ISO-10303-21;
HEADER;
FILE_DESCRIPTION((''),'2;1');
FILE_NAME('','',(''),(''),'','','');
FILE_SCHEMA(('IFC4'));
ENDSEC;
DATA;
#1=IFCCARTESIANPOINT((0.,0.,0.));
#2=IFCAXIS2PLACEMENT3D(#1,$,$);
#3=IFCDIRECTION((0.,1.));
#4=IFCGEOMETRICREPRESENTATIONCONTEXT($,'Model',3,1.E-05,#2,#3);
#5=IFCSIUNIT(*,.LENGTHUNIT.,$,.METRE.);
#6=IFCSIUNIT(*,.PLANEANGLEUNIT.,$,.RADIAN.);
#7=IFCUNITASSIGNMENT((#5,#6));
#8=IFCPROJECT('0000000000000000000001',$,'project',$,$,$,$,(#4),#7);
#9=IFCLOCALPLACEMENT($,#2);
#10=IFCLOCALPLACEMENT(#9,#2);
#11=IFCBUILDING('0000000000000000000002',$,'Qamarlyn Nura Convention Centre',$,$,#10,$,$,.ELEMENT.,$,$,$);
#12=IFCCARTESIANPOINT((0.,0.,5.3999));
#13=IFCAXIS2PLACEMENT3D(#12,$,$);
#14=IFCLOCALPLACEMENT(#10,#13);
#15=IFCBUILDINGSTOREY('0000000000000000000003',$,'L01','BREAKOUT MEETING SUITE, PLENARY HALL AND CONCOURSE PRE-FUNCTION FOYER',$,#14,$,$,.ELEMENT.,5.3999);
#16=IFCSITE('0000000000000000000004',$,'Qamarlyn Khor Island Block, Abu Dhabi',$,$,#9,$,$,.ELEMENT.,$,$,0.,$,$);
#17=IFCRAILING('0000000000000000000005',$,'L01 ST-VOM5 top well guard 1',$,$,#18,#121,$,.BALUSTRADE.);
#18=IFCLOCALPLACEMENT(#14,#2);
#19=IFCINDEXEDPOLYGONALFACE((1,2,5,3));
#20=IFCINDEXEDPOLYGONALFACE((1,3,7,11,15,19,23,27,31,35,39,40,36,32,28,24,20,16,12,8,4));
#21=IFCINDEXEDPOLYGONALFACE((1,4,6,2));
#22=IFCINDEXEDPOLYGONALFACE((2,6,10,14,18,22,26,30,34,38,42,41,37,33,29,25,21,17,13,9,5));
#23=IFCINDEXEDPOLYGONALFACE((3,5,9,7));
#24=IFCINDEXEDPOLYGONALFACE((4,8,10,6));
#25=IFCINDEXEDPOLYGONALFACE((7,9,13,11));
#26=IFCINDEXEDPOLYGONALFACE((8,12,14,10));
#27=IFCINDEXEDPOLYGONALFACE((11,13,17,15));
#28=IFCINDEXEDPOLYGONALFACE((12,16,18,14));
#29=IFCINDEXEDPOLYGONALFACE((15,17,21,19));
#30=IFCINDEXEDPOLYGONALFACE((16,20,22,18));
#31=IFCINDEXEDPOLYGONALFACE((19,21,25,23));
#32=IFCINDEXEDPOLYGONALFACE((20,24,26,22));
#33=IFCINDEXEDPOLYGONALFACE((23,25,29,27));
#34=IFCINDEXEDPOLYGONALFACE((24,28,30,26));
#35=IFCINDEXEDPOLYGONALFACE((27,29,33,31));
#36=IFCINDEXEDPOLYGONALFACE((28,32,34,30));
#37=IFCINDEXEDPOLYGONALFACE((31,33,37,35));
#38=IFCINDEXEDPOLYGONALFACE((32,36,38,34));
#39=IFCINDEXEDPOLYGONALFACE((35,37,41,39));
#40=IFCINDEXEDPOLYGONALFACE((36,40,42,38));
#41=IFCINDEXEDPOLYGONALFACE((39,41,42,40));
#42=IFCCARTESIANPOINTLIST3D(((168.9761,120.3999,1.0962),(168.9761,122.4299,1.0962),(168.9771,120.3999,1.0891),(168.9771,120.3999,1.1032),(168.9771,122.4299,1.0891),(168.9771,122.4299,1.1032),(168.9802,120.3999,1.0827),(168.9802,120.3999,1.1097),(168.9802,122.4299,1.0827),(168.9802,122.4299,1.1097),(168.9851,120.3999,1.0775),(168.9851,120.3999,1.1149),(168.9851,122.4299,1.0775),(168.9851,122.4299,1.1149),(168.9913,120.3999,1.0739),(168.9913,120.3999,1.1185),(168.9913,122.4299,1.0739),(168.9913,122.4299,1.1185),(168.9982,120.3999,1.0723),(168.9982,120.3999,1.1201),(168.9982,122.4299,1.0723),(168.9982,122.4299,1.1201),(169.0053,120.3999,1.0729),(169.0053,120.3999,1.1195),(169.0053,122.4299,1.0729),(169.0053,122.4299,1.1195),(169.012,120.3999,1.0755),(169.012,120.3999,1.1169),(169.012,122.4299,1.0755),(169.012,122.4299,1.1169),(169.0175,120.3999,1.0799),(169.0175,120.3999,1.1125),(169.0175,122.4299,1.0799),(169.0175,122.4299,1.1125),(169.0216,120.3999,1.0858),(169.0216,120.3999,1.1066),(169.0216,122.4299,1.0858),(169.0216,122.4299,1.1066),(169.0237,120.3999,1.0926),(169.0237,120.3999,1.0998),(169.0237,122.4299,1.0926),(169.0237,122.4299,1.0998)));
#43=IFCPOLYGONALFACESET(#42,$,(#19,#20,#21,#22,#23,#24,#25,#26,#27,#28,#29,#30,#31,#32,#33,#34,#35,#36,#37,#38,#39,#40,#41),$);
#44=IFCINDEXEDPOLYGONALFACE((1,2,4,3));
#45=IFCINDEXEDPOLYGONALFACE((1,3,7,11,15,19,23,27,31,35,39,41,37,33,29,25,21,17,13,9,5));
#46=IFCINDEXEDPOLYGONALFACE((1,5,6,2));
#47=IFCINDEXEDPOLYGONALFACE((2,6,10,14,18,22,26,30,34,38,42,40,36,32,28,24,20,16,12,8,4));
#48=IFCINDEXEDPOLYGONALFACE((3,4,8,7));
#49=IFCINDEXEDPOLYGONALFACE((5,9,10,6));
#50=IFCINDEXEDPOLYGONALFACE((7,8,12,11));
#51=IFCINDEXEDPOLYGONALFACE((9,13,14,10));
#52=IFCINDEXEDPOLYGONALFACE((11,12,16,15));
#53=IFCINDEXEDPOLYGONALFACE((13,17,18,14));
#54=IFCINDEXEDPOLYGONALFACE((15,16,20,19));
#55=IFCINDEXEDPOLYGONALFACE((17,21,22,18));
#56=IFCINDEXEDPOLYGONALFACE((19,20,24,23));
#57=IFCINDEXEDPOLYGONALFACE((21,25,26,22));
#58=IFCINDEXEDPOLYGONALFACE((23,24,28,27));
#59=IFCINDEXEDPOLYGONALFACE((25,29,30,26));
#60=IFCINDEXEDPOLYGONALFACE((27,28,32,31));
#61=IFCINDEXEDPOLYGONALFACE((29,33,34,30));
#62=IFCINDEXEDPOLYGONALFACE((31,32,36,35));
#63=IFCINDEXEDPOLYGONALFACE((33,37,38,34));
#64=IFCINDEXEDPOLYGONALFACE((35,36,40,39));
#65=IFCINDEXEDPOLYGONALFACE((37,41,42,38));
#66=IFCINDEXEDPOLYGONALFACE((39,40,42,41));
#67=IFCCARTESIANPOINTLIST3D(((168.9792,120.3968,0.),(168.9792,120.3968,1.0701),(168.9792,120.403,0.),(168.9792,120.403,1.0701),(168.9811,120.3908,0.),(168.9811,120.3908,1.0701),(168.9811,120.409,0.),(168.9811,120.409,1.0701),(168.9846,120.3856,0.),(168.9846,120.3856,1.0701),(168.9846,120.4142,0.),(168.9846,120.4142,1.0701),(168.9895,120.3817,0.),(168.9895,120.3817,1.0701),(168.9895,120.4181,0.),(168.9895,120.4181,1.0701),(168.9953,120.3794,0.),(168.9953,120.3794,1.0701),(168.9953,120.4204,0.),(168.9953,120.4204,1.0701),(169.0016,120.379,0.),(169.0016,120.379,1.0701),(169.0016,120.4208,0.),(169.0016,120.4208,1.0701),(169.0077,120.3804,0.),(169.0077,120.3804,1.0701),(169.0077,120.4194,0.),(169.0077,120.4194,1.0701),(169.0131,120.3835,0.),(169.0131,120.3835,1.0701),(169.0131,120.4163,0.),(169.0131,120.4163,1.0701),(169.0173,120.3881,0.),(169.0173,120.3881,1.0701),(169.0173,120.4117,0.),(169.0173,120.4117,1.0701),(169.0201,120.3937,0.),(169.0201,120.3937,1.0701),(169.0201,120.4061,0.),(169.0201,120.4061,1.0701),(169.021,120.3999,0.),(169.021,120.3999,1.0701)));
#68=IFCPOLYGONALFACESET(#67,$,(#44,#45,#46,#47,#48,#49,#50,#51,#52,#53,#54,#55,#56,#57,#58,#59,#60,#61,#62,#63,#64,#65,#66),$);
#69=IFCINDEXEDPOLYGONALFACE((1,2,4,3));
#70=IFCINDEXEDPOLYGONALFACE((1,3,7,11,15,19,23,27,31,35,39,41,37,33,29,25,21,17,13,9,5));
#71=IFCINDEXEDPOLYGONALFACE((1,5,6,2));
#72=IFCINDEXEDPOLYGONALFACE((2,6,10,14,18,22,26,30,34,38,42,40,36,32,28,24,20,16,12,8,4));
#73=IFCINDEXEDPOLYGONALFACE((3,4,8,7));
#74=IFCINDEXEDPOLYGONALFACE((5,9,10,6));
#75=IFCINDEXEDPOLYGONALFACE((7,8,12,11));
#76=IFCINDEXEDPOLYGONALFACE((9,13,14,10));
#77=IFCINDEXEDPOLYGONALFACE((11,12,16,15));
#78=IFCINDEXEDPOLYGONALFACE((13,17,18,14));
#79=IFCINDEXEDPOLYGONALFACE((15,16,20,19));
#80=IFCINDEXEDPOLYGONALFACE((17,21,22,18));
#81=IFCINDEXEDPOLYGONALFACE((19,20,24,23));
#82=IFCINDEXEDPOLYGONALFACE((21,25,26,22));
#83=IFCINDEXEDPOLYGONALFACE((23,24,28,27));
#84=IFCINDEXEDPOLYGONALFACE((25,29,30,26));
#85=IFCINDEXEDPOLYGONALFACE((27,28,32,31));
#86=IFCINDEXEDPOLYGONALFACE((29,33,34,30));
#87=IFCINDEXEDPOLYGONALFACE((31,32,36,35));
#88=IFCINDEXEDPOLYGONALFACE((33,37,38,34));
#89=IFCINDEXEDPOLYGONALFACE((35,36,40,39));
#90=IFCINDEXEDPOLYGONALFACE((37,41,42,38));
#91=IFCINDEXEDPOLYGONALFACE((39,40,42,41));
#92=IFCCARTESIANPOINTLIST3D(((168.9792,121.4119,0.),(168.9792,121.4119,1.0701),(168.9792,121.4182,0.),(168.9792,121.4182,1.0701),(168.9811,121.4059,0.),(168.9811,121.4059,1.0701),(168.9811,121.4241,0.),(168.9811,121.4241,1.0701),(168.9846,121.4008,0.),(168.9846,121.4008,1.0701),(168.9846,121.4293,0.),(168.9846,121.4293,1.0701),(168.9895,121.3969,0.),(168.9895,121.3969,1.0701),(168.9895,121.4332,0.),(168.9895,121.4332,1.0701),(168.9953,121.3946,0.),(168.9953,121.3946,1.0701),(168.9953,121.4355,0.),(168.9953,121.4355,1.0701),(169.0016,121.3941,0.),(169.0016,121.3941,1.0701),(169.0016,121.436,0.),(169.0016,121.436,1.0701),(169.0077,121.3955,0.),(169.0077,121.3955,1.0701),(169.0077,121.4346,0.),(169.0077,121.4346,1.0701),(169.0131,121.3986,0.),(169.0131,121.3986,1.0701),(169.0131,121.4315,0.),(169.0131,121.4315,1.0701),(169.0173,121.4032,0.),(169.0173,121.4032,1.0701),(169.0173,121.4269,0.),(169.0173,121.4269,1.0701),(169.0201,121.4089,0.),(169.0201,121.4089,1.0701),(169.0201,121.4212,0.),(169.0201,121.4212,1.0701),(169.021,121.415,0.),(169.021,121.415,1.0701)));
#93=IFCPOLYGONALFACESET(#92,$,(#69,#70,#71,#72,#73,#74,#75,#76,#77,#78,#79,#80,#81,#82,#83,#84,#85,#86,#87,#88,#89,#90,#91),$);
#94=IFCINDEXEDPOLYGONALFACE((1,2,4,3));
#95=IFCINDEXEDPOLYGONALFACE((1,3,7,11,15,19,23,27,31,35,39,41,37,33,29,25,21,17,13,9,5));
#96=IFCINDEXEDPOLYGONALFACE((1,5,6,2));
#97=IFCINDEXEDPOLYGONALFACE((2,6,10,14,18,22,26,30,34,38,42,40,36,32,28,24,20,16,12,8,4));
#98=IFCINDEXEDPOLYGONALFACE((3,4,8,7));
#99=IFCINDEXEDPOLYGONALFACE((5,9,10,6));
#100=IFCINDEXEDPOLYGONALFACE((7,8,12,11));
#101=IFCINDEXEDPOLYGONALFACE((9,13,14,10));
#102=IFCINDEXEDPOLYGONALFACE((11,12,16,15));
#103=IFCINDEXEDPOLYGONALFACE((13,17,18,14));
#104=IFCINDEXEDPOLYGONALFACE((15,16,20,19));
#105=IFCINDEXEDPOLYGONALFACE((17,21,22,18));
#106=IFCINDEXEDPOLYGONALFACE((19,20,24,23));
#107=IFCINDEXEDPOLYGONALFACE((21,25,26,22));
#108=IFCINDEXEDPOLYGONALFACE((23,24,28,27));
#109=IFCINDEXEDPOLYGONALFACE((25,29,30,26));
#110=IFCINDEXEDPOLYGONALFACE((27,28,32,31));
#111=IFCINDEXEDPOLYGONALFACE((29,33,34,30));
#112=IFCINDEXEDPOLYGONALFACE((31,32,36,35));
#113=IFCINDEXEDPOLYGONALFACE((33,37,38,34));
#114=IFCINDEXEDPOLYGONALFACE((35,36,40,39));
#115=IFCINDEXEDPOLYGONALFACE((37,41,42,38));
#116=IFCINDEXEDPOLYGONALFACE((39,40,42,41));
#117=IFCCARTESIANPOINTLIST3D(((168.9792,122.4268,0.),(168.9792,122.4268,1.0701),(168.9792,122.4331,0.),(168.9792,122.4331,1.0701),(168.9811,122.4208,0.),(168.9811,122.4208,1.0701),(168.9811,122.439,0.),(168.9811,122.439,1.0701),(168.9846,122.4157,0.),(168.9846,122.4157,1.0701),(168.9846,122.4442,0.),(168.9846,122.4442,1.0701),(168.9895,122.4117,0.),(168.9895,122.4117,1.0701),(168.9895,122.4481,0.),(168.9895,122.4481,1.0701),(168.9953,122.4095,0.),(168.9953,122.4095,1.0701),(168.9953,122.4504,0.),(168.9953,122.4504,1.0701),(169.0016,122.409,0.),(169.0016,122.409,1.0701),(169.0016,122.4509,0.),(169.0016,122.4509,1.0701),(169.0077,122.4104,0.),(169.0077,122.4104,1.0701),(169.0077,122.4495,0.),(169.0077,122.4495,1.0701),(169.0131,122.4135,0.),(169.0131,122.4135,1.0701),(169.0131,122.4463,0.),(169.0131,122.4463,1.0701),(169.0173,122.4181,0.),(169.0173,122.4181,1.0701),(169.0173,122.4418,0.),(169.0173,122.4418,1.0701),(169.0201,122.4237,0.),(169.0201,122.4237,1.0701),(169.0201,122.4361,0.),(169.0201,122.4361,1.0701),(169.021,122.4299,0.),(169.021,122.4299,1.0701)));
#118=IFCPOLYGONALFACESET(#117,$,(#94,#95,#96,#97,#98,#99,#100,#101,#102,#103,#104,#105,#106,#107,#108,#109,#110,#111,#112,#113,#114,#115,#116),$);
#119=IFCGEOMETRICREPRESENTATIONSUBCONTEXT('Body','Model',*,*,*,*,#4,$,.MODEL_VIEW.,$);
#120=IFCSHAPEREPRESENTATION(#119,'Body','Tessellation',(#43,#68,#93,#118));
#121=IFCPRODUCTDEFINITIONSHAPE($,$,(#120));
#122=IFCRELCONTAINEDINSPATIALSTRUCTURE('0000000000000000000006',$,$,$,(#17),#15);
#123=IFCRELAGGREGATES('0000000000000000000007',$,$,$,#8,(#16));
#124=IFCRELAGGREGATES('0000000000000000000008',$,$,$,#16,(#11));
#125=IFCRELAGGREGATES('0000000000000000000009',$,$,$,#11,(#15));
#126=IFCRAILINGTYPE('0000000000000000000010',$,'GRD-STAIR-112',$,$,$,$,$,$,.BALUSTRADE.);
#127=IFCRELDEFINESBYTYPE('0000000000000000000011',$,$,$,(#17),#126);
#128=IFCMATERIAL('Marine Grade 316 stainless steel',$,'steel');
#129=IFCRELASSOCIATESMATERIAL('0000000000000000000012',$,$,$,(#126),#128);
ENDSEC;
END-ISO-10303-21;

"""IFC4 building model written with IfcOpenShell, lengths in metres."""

from ifc_helpers import new_model, si_unit, direction, frame, origin, origin_2d, place, context, subcontext, project, spatial, circle, extrude, material, type_object, element, save


model = new_model("IFC4")

# Units and contexts
model_context = context("Model", 3, precision=1e-05, world=origin(), true_north=direction((0.0, 1.0)))
body_context = subcontext(model_context, "Body", "Model", "MODEL_VIEW")
ifc_project = project(units=[si_unit("LENGTHUNIT", "METRE"), si_unit("PLANEANGLEUNIT", "RADIAN")], contexts=[model_context])

# Site, building, storey
site_placement = place(None, origin())
site = spatial("IfcSite", under=ifc_project, at=site_placement, Name="Qamarlyn Khor Island Block, Abu Dhabi", CompositionType="ELEMENT", RefElevation=0.0)
building_placement = place(site_placement, origin())
building = spatial("IfcBuilding", under=site, at=building_placement, Name="Qamarlyn Nura Convention Centre", CompositionType="ELEMENT")
storey_placement = place(building_placement, frame((0.0, 0.0, 5.3999)))
storey = spatial("IfcBuildingStorey", under=building, at=storey_placement, Name="L01", Description="BREAKOUT MEETING SUITE, PLENARY HALL AND CONCOURSE PRE-FUNCTION FOYER", CompositionType="ELEMENT", Elevation=5.3999)

# Railing
ifc_material_1 = material(Name="Marine Grade 316 stainless steel", Category="steel")
railing_type = type_object("IfcRailingType", Name="GRD-STAIR-112", PredefinedType="BALUSTRADE", material=ifc_material_1)
railing_1_placement = place(storey_placement, frame((169.0, 120.3999, 0.0)))
element("IfcRailing", 1, at=railing_1_placement, inside=storey, type_object=railing_type, Name="L01 ST-VOM5 top well guard 1", PredefinedType="BALUSTRADE", context=body_context, shape_type="SweptSolid", body=[
    extrude(circle(Radius=0.0239, at=origin_2d()), frame((0.0, 0.0, 1.0962), z_axis=(0.0, 1.0, 0.0), x_axis=(-1.0, 0.0, 0.0)), (0.0, 0.0, 1.0), 2.03),
    extrude(circle(Radius=0.021, at=origin_2d()), origin(), (0.0, 0.0, 1.0), 1.0701),
    extrude(circle(Radius=0.021, at=origin_2d()), frame((0.0, 1.0151, 0.0)), (0.0, 0.0, 1.0), 1.0701),
    extrude(circle(Radius=0.021, at=origin_2d()), frame((0.0, 2.03, 0.0)), (0.0, 0.0, 1.0), 1.0701),
])

save(model, "model.ifc")
